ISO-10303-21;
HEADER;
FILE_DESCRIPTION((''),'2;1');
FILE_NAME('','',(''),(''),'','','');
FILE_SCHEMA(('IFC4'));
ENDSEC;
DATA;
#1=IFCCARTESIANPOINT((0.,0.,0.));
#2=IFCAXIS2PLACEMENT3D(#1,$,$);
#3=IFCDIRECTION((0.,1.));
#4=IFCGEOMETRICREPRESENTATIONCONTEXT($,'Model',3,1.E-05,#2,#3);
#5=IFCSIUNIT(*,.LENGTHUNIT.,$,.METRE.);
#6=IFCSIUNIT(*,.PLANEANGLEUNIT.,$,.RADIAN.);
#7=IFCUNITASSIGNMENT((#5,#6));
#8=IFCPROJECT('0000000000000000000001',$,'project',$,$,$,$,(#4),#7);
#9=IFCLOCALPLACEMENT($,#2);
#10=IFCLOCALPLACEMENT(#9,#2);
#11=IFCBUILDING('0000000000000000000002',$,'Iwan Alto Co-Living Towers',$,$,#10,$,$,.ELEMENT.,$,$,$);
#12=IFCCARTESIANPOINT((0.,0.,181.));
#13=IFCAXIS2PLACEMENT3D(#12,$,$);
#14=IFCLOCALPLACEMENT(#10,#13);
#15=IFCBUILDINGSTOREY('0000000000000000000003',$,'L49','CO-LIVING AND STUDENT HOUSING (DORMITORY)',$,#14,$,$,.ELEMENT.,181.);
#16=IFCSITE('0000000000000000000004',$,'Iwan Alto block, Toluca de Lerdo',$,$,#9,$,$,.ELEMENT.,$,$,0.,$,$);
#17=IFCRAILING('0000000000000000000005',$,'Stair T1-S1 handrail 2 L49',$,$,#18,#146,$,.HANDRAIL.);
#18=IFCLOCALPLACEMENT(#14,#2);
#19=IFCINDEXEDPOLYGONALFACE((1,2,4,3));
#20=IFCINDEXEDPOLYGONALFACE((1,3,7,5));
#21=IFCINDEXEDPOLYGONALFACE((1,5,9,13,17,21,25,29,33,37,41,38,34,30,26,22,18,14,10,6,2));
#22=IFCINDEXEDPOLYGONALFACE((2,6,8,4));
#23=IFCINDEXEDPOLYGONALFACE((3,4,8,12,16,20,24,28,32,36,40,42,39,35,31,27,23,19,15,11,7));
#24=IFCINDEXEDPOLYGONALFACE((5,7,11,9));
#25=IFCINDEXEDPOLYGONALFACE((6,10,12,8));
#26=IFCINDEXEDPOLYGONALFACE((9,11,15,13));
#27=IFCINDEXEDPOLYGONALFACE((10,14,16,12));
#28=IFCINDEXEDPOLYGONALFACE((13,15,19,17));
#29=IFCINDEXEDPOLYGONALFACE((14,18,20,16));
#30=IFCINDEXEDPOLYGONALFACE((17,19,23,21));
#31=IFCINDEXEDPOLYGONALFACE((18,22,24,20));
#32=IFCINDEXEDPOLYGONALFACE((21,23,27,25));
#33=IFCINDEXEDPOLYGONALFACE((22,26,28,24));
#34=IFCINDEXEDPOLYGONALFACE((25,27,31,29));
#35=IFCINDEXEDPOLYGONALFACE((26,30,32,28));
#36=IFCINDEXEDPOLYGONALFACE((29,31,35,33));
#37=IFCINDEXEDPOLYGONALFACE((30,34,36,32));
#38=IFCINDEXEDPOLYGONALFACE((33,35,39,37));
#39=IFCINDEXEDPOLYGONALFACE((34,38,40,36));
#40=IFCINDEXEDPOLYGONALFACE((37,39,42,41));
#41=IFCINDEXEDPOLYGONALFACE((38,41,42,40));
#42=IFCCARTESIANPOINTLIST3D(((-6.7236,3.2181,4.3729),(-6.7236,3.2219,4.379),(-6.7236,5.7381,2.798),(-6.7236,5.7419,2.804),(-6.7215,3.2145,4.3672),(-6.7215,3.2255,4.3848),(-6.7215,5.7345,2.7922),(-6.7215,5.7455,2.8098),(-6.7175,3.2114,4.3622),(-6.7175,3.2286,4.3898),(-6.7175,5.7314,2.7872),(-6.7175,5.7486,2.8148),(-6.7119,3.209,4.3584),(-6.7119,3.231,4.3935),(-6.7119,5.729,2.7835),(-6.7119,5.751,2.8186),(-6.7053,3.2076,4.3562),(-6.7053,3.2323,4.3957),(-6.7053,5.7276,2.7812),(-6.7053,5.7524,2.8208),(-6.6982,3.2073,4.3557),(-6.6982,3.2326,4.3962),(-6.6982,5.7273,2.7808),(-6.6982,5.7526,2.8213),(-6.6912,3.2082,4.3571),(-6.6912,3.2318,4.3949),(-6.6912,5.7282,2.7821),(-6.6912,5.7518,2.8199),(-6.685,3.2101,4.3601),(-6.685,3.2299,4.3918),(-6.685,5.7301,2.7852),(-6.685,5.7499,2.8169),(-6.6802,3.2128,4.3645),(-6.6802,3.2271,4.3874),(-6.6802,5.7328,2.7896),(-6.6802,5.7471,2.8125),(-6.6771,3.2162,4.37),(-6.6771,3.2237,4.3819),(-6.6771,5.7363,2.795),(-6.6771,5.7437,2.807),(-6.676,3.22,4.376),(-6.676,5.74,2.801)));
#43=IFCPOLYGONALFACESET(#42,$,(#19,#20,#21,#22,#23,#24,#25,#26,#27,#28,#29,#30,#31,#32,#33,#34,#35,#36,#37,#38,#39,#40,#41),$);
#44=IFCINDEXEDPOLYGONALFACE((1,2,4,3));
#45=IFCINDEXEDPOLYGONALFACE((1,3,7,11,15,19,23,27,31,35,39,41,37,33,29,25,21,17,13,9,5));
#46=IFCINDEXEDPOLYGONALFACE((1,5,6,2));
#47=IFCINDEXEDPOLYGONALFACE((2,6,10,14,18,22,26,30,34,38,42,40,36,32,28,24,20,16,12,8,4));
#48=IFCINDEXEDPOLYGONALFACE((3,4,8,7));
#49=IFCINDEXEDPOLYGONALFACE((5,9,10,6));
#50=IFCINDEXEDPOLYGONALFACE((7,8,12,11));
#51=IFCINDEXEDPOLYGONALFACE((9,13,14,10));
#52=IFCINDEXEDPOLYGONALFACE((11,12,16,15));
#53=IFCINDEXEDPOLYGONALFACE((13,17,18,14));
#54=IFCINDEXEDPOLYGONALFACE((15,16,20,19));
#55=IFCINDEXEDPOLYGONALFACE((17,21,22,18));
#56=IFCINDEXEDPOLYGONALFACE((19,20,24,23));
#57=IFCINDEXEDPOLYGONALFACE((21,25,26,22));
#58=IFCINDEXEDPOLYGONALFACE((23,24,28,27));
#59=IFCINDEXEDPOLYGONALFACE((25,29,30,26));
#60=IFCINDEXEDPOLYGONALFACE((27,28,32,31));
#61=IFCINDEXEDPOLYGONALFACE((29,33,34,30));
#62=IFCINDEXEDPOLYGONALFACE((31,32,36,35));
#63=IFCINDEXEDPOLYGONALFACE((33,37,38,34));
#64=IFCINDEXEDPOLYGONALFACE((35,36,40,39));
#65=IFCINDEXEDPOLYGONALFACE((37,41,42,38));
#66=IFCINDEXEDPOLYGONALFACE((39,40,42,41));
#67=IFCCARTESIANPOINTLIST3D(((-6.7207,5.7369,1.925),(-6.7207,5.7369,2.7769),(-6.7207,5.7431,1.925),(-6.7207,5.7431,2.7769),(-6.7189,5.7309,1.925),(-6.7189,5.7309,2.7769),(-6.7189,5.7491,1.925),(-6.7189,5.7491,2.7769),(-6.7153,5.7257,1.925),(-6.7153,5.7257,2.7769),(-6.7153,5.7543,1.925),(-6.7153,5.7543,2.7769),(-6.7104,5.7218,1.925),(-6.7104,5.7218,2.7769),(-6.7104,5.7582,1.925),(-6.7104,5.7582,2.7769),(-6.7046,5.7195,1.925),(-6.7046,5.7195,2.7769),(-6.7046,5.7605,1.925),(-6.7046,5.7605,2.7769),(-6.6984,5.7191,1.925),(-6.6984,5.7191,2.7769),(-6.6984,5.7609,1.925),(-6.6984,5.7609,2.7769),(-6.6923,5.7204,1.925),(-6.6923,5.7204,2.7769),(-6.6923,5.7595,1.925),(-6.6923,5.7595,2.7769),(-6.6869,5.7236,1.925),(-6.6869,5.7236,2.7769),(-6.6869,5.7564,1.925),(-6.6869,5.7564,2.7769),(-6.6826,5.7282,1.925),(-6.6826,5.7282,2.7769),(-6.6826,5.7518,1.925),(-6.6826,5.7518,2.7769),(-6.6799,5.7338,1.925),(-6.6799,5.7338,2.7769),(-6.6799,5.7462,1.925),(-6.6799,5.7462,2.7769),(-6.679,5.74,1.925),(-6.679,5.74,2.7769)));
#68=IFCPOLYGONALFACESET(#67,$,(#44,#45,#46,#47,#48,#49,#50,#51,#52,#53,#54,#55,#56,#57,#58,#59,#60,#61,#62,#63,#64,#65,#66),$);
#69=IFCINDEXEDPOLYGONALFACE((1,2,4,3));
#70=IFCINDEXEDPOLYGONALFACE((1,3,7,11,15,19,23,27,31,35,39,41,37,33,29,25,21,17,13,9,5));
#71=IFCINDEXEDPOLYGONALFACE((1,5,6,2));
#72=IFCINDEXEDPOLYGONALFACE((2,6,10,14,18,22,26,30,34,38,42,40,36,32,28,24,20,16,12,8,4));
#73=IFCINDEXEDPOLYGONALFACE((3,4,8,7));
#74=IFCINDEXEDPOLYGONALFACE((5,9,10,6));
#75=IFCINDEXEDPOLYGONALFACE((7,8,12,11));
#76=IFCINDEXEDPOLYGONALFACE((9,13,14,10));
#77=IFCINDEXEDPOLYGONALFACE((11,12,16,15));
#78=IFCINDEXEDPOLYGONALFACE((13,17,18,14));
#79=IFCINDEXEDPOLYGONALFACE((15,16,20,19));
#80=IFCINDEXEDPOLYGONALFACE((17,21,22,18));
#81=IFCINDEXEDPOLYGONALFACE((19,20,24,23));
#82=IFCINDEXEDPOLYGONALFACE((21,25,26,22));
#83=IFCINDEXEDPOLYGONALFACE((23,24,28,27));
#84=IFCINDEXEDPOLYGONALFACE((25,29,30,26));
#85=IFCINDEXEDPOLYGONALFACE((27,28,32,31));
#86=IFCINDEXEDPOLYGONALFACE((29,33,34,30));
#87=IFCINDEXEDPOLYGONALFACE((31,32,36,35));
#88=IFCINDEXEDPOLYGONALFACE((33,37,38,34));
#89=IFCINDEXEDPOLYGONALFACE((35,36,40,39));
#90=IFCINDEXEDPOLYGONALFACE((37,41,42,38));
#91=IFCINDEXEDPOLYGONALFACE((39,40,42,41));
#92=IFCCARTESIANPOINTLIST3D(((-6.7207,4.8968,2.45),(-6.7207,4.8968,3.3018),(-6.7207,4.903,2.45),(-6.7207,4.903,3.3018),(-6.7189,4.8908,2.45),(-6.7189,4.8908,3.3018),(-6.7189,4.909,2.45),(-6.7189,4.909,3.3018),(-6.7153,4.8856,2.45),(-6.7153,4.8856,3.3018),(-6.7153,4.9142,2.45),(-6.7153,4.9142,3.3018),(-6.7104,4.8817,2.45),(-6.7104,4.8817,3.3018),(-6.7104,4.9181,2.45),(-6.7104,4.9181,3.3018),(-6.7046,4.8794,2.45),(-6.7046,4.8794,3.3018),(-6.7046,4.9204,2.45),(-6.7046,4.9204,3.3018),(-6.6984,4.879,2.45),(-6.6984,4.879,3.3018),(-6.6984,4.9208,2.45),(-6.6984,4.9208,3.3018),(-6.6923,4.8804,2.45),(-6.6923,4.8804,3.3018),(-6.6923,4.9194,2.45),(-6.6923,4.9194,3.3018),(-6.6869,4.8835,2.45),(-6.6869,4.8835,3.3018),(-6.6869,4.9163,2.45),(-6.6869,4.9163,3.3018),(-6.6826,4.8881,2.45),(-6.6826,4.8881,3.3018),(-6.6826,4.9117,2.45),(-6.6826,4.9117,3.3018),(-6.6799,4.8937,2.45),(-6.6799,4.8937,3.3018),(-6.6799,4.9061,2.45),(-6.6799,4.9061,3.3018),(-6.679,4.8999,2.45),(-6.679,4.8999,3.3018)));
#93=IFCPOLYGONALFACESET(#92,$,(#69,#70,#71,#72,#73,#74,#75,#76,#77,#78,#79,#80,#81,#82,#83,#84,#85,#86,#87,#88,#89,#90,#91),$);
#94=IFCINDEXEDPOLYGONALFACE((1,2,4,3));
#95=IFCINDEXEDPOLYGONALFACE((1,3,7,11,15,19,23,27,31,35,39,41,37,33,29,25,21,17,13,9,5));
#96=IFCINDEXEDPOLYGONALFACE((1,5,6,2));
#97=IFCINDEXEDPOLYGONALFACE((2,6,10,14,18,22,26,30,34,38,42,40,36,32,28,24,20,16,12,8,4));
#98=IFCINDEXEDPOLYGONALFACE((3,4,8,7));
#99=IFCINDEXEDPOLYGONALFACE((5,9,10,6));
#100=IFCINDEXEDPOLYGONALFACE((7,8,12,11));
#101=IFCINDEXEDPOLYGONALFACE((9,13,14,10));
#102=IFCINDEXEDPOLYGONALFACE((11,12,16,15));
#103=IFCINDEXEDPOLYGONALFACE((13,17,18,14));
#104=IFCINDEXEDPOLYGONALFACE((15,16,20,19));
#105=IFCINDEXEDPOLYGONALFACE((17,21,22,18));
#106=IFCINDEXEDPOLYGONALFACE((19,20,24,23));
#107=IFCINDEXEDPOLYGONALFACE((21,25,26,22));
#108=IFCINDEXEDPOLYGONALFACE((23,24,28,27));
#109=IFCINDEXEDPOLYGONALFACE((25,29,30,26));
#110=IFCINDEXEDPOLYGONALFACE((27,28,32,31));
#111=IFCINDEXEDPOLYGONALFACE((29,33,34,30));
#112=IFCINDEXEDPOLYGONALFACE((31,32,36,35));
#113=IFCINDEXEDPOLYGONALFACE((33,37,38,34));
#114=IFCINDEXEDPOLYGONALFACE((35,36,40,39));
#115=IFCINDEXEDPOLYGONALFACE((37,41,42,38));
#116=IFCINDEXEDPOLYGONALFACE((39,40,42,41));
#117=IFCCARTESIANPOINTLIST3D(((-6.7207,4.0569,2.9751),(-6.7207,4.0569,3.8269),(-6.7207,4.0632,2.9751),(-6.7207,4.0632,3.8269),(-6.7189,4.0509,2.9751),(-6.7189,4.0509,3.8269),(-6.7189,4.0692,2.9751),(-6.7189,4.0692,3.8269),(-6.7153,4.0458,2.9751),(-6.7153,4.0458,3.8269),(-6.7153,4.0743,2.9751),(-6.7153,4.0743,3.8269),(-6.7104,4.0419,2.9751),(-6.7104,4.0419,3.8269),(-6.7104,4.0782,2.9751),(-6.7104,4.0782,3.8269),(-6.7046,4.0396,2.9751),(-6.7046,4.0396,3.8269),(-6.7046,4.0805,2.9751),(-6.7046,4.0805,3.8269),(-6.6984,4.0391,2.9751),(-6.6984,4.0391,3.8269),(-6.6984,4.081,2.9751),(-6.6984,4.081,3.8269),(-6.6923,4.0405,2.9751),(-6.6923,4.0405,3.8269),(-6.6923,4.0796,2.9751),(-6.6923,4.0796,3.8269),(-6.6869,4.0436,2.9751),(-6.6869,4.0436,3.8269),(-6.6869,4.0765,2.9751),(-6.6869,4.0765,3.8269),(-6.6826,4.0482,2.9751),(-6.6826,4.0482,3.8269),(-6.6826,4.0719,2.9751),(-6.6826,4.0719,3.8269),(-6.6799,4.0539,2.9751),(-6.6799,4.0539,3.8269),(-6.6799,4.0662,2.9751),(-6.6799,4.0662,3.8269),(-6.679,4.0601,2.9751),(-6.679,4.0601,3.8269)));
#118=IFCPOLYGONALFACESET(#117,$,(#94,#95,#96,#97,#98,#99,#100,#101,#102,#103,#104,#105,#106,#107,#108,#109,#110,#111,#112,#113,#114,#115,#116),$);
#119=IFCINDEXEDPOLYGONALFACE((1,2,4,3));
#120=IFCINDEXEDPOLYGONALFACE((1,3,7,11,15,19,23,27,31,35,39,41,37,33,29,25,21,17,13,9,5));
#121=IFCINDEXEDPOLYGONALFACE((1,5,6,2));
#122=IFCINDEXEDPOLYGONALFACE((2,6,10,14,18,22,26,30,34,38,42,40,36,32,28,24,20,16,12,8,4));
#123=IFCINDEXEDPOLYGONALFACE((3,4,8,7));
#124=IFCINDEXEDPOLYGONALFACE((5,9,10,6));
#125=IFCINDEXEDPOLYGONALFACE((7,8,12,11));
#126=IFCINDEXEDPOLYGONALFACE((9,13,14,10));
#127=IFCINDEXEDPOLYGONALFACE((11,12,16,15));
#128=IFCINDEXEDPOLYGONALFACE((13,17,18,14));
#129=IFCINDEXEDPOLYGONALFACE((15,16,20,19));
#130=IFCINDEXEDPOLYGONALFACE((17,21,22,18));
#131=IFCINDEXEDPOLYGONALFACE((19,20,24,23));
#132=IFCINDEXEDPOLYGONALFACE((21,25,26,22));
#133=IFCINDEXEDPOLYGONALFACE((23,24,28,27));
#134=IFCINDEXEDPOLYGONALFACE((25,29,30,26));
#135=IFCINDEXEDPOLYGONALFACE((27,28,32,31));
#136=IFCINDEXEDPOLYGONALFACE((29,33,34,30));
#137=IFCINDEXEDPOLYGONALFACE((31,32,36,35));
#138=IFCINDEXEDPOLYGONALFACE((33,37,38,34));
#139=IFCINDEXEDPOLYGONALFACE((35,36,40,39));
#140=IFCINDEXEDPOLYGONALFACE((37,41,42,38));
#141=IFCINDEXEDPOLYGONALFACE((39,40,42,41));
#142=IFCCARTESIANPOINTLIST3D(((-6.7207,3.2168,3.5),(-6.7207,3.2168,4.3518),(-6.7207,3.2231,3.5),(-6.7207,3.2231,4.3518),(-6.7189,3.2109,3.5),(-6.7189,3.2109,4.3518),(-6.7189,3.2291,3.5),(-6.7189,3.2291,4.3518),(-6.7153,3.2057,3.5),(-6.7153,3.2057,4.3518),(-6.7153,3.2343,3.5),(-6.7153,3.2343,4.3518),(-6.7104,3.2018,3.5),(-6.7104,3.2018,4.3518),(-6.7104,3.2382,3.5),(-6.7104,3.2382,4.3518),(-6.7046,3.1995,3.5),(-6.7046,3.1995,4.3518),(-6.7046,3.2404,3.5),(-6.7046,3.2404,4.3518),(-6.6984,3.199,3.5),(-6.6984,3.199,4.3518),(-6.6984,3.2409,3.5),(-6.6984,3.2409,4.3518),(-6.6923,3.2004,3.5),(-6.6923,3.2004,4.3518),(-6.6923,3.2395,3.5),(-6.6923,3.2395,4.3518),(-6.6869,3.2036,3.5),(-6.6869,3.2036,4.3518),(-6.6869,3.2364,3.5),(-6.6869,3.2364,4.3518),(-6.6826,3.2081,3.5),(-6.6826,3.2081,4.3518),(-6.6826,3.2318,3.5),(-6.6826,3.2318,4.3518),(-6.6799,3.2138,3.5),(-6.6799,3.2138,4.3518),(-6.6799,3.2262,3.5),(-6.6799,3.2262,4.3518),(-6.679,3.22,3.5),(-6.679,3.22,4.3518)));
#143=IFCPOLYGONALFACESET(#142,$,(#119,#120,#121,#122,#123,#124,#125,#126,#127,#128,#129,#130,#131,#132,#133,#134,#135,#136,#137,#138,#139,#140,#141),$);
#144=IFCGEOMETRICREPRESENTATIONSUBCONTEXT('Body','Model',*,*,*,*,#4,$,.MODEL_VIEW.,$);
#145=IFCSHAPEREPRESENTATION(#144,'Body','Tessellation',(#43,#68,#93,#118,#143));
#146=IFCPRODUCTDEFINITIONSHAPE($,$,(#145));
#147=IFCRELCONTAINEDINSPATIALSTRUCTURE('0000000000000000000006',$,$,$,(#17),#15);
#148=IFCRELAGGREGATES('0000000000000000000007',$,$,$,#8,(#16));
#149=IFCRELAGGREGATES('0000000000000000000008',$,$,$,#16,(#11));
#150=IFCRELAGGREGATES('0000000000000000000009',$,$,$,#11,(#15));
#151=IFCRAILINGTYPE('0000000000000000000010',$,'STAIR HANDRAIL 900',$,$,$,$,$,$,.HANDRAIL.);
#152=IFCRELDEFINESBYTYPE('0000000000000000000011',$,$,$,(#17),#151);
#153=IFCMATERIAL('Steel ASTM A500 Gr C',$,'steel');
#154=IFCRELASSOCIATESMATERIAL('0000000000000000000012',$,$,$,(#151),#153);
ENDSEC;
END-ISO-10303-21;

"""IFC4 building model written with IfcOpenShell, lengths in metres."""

from ifc_helpers import new_model, si_unit, direction, frame, origin, origin_2d, place, context, subcontext, project, spatial, circle, extrude, material, type_object, element, save


model = new_model("IFC4")

# Units and contexts
model_context = context("Model", 3, precision=1e-05, world=origin(), true_north=direction((0.0, 1.0)))
body_context = subcontext(model_context, "Body", "Model", "MODEL_VIEW")
ifc_project = project(units=[si_unit("LENGTHUNIT", "METRE"), si_unit("PLANEANGLEUNIT", "RADIAN")], contexts=[model_context])

# Site, building, storey
site_placement = place(None, origin())
site = spatial("IfcSite", under=ifc_project, at=site_placement, Name="Iwan Alto block, Toluca de Lerdo", CompositionType="ELEMENT", RefElevation=0.0)
building_placement = place(site_placement, origin())
building = spatial("IfcBuilding", under=site, at=building_placement, Name="Iwan Alto Co-Living Towers", CompositionType="ELEMENT")
storey_placement = place(building_placement, frame((0.0, 0.0, 181.0)))
storey = spatial("IfcBuildingStorey", under=building, at=storey_placement, Name="L49", Description="CO-LIVING AND STUDENT HOUSING (DORMITORY)", CompositionType="ELEMENT", Elevation=181.0)

# Railing
ifc_material_1 = material(Name="Steel ASTM A500 Gr C", Category="steel")
railing_type_1 = type_object("IfcRailingType", Name="STAIR HANDRAIL 900", PredefinedType="HANDRAIL", material=ifc_material_1)
railing_1_placement = place(storey_placement, frame((-6.7, 5.74, 1.925)))
element("IfcRailing", 1, at=railing_1_placement, inside=storey, type_object=railing_type_1, Name="Stair T1-S1 handrail 2 L49", PredefinedType="HANDRAIL", context=body_context, shape_type="SweptSolid", body=[
    extrude(circle(Radius=0.0239, at=origin_2d()), frame((0.0, 0.0, 0.876), z_axis=(0.0, -0.848008, 0.529984), x_axis=(1.0, 0.0, 0.0)), (0.0, 0.0, 1.0), 2.9717),
    extrude(circle(Radius=0.021, at=origin_2d()), origin(), (0.0, 0.0, 1.0), 0.8518),
    extrude(circle(Radius=0.021, at=origin_2d()), frame((0.0, -0.8401, 0.5249)), (0.0, 0.0, 1.0), 0.8518),
    extrude(circle(Radius=0.021, at=origin_2d()), frame((0.0, -1.6799, 1.05)), (0.0, 0.0, 1.0), 0.8518),
    extrude(circle(Radius=0.021, at=origin_2d()), frame((0.0, -2.52, 1.575)), (0.0, 0.0, 1.0), 0.8518),
])

save(model, "model.ifc")
